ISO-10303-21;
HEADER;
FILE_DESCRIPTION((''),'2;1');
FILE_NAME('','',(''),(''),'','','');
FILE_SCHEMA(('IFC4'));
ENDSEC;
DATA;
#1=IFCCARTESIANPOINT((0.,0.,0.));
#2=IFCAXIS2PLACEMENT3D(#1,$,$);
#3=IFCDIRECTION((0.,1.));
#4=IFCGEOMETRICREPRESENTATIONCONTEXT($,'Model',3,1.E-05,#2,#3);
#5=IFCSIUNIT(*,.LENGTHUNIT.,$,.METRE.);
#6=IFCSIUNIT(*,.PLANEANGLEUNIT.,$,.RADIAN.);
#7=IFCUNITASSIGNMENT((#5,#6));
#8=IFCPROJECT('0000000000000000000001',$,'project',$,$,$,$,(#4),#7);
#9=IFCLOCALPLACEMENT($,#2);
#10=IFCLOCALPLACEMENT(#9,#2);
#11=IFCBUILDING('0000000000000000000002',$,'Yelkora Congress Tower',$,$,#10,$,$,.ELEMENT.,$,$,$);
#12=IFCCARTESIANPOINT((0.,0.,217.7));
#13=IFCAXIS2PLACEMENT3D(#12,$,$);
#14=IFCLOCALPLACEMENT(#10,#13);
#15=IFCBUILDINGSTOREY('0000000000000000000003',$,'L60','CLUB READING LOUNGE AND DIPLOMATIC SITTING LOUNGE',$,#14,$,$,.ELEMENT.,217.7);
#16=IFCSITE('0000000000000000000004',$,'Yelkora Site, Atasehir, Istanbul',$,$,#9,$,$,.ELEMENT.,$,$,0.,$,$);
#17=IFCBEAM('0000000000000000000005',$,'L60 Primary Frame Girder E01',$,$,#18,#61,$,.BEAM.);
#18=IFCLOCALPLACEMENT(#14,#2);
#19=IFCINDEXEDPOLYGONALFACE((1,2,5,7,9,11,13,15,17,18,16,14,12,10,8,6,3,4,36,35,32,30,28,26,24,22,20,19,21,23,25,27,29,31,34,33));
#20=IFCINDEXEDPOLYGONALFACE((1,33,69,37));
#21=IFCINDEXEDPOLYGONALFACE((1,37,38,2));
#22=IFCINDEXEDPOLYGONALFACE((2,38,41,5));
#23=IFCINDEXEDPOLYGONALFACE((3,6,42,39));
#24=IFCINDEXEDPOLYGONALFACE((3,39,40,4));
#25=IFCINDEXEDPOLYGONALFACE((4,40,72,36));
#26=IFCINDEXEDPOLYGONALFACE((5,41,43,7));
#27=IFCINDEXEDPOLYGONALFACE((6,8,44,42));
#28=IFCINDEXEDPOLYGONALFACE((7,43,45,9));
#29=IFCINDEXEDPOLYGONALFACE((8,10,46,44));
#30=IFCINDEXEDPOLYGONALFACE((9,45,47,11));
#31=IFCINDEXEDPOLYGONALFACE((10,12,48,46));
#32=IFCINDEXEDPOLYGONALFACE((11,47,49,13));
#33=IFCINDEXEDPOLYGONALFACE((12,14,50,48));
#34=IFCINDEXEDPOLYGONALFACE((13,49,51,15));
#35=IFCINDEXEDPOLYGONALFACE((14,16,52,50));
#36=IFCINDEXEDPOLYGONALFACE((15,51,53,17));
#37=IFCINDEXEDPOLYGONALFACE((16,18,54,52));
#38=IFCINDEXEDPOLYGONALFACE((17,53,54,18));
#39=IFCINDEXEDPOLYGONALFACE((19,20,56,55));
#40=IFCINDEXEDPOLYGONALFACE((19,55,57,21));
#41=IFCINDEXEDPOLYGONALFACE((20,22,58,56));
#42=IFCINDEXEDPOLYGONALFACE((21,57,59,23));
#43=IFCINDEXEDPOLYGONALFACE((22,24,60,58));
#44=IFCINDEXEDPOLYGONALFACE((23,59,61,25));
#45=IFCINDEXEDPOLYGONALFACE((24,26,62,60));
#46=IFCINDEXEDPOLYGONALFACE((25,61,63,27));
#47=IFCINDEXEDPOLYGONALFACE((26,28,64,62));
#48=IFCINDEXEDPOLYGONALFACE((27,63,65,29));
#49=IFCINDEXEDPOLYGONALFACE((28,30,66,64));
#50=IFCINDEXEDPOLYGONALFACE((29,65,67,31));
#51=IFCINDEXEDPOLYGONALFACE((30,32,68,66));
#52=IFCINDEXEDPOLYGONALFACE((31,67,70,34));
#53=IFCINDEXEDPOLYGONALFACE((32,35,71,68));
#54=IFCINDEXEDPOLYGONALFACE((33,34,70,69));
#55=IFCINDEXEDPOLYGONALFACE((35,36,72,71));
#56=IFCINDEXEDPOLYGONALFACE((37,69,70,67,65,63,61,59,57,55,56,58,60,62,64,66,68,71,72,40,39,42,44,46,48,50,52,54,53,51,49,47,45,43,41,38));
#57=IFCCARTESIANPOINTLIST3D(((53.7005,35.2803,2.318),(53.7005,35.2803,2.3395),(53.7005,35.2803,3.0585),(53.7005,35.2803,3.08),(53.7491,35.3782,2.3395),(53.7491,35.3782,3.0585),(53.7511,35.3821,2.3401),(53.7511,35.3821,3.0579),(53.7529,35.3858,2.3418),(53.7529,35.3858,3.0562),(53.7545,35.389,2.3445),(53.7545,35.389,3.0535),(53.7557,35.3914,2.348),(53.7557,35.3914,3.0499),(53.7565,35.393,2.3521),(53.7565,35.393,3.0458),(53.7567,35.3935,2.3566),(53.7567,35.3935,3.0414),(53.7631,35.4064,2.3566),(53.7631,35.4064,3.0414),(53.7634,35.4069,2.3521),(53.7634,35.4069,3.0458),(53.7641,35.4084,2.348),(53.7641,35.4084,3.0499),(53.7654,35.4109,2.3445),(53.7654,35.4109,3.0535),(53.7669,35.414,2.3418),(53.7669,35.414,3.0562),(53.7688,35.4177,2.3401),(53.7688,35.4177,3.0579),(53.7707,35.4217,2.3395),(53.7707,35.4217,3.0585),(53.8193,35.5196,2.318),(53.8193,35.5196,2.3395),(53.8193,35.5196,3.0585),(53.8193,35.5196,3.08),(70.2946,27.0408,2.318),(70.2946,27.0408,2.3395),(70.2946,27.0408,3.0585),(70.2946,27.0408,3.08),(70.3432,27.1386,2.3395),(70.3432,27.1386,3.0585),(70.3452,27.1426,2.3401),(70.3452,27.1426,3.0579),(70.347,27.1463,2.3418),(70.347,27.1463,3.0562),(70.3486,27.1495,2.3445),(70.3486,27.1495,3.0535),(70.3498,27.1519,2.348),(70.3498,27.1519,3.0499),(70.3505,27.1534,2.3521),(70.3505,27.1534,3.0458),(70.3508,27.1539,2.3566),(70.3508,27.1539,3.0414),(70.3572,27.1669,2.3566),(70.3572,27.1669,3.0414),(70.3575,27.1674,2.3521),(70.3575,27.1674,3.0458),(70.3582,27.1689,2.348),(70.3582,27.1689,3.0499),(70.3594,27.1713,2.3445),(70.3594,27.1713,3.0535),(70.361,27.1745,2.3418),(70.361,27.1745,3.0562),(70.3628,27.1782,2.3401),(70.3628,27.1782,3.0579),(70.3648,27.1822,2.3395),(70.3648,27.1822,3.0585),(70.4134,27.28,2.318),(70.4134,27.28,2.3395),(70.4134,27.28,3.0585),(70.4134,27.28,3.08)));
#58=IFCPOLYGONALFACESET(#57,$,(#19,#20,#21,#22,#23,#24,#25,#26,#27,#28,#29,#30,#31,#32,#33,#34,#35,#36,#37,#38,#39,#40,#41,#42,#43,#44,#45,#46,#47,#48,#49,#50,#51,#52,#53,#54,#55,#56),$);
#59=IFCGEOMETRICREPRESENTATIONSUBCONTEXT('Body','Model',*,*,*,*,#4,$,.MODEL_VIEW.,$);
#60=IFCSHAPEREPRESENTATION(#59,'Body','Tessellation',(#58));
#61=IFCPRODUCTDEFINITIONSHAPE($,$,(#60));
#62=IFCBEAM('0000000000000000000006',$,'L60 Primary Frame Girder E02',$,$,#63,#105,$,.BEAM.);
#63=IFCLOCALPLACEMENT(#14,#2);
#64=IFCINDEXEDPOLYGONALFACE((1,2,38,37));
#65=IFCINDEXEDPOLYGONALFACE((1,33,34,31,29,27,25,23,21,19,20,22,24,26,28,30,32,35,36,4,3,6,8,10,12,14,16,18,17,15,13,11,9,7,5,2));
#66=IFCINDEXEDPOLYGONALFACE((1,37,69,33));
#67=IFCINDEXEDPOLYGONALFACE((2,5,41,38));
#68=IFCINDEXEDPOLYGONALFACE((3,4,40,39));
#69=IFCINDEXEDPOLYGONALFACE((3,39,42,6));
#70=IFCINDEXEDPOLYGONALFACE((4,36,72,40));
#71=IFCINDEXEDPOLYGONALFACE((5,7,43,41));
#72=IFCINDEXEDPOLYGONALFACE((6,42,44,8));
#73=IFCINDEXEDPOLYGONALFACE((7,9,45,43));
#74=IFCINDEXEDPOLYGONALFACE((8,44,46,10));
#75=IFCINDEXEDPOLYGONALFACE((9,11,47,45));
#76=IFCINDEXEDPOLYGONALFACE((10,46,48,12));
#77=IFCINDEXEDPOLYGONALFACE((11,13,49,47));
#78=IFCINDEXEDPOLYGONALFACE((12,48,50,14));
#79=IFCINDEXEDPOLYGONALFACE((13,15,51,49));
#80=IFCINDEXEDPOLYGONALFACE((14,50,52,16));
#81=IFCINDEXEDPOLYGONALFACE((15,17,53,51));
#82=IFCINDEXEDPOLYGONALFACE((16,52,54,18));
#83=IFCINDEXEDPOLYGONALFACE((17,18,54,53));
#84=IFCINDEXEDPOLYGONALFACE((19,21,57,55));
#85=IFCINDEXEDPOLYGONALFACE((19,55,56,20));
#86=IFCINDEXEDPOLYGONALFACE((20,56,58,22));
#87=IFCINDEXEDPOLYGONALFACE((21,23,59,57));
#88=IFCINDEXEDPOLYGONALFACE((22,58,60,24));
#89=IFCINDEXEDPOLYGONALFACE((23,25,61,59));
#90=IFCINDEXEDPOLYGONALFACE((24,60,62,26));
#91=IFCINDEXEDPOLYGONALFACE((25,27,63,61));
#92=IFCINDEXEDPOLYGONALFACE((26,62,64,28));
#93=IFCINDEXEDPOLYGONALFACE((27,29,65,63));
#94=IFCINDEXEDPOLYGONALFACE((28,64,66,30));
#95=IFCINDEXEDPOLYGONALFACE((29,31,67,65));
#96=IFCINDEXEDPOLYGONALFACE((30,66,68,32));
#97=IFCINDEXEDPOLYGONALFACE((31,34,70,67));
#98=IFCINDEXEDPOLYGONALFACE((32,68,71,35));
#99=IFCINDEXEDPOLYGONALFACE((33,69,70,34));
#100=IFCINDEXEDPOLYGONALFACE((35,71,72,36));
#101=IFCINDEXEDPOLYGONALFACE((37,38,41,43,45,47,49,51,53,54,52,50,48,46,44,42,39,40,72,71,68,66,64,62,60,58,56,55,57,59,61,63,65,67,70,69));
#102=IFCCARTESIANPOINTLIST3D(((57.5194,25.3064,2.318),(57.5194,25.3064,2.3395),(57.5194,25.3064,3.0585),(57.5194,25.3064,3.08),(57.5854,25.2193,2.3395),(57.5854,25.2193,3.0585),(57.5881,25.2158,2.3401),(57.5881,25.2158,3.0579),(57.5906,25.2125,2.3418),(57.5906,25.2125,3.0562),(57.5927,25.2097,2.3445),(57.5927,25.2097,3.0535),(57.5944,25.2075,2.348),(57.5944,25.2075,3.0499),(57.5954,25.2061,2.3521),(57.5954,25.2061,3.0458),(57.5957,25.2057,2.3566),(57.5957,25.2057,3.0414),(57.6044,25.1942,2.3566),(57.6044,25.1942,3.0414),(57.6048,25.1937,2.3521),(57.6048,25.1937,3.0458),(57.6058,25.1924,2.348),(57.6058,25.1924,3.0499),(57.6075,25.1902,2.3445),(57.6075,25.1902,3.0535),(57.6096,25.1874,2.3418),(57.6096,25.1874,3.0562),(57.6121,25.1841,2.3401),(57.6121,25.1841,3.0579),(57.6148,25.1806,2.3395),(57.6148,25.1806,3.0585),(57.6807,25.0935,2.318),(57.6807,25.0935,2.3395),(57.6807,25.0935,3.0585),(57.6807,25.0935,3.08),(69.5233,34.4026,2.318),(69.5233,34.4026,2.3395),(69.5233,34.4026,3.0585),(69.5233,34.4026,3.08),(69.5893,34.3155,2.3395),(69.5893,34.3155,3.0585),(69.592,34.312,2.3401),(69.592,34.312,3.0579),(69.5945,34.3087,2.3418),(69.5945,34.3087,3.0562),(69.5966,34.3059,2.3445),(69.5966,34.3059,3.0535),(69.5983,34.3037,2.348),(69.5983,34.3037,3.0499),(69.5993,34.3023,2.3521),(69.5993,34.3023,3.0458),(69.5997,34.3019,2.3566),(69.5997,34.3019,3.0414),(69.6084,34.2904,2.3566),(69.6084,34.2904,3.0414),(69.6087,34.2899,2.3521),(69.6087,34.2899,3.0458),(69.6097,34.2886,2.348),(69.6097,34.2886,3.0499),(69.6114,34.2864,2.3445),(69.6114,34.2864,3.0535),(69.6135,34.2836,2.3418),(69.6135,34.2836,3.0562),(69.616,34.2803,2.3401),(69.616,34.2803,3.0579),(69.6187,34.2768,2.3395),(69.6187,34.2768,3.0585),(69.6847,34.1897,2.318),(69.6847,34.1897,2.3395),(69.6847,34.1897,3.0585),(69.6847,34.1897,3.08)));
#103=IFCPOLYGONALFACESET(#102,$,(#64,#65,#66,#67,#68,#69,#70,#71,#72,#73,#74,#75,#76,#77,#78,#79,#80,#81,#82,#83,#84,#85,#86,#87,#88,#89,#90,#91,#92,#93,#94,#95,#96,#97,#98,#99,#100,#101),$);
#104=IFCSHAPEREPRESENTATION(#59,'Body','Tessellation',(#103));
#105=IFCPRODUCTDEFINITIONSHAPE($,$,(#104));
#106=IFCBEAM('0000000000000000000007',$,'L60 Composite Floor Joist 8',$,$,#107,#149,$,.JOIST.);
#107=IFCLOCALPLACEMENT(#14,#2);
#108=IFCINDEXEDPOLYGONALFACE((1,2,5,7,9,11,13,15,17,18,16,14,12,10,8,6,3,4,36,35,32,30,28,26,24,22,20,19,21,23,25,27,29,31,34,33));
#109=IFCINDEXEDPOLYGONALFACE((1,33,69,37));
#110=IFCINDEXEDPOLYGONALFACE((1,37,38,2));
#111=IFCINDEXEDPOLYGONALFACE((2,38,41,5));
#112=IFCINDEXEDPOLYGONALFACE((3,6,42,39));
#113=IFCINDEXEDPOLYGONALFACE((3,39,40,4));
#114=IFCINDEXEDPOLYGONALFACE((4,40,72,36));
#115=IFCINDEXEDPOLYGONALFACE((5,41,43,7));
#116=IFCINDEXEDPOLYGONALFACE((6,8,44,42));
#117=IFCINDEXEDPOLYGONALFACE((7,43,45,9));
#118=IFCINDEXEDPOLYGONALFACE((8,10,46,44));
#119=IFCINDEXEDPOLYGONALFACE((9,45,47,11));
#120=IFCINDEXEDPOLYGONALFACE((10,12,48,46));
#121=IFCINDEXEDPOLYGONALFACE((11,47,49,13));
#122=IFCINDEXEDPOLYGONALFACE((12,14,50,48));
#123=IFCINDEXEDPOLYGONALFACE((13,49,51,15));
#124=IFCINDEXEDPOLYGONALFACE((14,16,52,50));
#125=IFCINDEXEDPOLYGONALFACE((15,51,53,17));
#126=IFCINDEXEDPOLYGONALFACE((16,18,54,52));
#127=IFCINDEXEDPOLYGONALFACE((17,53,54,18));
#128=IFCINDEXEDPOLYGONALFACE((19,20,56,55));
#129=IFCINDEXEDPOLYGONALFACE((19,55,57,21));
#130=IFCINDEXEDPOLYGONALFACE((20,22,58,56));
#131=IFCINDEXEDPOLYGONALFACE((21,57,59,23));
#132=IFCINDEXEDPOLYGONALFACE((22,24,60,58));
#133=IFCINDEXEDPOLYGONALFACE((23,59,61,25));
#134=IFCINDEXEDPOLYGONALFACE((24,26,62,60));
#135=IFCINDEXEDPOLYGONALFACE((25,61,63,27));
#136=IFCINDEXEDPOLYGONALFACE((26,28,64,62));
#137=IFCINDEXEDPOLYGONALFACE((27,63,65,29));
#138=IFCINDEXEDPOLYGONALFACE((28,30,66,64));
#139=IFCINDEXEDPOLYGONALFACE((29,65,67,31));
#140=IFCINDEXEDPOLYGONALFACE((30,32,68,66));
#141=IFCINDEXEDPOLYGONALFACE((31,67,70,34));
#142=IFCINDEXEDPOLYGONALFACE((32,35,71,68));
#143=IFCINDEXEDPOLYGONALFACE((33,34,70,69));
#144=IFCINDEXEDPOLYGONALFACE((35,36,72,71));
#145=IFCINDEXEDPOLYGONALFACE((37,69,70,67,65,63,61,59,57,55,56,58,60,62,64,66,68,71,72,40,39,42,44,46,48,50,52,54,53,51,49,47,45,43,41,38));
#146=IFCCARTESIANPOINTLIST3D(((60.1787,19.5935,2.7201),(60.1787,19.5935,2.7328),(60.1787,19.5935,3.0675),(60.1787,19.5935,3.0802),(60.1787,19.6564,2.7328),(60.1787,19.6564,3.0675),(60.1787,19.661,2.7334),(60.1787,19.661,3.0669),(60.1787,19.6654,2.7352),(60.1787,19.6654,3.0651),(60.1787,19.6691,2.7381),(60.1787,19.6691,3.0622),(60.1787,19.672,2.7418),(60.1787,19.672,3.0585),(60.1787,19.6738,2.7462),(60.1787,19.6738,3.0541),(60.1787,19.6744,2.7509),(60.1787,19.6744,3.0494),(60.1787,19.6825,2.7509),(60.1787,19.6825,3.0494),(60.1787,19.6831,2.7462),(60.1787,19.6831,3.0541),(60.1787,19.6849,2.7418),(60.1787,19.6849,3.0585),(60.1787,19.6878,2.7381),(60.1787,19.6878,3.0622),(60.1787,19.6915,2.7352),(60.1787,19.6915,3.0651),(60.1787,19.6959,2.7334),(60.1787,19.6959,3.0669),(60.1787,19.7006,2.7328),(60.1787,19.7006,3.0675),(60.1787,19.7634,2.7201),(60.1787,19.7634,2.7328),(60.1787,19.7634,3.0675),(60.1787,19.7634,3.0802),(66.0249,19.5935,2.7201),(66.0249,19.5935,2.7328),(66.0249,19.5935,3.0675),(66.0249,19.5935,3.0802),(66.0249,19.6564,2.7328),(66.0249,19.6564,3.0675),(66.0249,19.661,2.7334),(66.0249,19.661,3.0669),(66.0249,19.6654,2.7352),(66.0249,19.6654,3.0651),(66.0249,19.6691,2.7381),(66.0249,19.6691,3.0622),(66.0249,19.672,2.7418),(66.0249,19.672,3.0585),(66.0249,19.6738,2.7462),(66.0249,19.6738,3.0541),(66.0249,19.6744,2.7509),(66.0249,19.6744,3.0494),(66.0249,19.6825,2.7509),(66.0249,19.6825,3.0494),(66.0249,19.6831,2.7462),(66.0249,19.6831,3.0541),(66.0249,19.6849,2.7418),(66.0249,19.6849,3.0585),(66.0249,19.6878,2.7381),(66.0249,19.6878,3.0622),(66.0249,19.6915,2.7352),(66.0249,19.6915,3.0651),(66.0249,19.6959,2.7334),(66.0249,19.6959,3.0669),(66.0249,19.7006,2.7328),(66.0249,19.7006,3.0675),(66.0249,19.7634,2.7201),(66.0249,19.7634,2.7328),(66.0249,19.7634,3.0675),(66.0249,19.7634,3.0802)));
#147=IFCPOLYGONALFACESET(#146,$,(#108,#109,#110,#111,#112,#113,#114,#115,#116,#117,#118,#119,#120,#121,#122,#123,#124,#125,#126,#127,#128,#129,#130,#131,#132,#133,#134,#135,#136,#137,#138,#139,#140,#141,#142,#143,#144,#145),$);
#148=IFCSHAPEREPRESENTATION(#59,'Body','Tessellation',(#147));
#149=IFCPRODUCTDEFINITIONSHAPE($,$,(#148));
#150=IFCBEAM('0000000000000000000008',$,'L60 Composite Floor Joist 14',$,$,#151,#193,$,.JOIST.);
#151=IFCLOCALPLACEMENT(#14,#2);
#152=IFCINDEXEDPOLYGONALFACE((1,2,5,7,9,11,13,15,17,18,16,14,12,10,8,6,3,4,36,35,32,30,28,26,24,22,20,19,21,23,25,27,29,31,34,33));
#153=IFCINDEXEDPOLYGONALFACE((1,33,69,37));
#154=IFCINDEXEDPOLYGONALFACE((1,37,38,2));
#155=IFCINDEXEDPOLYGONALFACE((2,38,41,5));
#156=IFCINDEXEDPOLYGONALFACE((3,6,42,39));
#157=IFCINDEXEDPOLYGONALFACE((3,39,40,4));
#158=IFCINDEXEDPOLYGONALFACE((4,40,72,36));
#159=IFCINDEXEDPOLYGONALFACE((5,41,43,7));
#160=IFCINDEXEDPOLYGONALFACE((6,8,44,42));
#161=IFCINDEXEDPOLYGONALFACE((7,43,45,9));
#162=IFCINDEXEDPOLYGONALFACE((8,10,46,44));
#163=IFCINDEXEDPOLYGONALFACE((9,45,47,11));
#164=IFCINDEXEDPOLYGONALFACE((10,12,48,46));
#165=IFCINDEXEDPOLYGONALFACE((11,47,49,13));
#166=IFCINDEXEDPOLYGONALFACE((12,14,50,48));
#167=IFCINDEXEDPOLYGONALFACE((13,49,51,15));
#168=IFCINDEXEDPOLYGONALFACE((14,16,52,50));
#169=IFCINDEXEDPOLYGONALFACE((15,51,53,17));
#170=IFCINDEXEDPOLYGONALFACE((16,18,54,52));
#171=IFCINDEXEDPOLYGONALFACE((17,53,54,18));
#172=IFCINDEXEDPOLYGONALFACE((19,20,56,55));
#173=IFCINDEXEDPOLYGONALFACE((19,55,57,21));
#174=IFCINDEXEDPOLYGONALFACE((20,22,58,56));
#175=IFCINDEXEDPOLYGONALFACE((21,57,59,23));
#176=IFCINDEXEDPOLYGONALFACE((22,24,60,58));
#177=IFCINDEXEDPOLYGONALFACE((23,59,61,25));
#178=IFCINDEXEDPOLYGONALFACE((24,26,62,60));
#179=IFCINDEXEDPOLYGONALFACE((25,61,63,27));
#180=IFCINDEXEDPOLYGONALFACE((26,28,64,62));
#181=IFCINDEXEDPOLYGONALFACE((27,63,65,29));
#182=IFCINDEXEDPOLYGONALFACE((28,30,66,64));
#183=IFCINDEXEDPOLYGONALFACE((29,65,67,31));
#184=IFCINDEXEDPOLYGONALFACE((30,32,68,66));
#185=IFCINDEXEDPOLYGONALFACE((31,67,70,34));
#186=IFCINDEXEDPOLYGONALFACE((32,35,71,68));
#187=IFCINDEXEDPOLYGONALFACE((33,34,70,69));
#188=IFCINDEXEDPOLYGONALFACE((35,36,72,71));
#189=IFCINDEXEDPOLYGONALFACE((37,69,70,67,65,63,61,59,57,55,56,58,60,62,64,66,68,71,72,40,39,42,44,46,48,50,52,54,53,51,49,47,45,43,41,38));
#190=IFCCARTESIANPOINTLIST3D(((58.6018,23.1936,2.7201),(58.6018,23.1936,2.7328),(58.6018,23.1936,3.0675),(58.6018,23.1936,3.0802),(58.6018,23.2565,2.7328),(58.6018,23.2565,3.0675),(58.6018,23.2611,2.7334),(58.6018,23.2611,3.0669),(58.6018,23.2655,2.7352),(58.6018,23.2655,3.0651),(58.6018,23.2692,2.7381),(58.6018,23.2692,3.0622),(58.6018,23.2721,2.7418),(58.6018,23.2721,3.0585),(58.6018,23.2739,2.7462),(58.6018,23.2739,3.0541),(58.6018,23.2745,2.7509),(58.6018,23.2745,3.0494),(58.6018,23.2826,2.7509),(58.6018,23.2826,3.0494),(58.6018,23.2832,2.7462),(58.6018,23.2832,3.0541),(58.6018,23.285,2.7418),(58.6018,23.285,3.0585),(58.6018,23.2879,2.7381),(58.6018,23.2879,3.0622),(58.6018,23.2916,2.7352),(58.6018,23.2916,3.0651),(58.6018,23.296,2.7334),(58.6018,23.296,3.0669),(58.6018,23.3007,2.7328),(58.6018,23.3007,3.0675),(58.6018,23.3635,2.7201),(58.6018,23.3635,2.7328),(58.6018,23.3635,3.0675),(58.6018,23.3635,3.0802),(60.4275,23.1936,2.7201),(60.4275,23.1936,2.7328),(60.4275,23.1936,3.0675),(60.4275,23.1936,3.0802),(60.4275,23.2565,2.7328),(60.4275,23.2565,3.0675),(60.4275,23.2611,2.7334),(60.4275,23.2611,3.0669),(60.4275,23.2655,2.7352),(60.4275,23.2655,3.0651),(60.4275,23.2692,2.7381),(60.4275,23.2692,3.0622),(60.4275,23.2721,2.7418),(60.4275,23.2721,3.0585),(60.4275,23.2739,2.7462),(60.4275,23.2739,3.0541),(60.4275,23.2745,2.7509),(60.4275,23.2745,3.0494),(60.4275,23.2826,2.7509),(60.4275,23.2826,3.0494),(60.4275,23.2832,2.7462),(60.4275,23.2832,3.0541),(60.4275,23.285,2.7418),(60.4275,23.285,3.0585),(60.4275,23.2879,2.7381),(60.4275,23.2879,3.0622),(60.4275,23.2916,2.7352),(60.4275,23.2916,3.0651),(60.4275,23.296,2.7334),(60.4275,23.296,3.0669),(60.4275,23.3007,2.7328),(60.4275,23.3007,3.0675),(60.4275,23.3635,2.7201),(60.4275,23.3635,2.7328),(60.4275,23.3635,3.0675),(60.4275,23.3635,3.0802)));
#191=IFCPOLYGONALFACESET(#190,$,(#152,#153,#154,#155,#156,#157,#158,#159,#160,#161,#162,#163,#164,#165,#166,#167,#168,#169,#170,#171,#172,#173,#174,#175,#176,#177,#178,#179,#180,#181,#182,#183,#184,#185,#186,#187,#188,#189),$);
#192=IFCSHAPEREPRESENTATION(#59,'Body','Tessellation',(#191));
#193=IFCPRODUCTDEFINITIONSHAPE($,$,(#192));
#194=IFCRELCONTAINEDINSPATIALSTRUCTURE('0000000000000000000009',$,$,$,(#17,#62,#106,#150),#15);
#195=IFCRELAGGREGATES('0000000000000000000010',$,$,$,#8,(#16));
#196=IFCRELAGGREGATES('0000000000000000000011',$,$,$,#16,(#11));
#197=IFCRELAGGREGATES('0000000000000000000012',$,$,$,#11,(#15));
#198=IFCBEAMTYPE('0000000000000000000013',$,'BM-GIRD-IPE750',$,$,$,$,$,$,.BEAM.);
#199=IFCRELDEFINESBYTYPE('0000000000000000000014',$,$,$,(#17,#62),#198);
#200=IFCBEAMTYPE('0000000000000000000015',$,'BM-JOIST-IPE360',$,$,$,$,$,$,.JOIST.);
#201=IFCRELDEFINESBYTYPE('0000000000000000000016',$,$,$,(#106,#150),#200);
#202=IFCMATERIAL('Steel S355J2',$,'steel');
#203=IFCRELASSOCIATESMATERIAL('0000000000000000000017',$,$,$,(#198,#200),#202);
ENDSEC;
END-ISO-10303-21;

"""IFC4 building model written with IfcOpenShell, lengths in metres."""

from ifc_helpers import new_model, si_unit, direction, frame, origin, origin_2d, place, context, subcontext, project, spatial, i_section, extrude, material, material_profile, profile_set, type_object, element, save


model = new_model("IFC4")

# Units and contexts
model_context = context("Model", 3, precision=1e-05, world=origin(), true_north=direction((0.0, 1.0)))
body_context = subcontext(model_context, "Body", "Model", "MODEL_VIEW")
ifc_project = project(units=[si_unit("LENGTHUNIT", "METRE"), si_unit("PLANEANGLEUNIT", "RADIAN")], contexts=[model_context])

# Site, building, storey
site_placement = place(None, origin())
site = spatial("IfcSite", under=ifc_project, at=site_placement, Name="Yelkora Site, Atasehir, Istanbul", CompositionType="ELEMENT", RefElevation=0.0)
building_placement = place(site_placement, origin())
building = spatial("IfcBuilding", under=site, at=building_placement, Name="Yelkora Congress Tower", CompositionType="ELEMENT")
storey_placement = place(building_placement, frame((0.0, 0.0, 217.7)))
storey = spatial("IfcBuildingStorey", under=building, at=storey_placement, Name="L60", Description="CLUB READING LOUNGE AND DIPLOMATIC SITTING LOUNGE", CompositionType="ELEMENT", Elevation=217.7)

# Shared definitions
ifc_material_1 = material(Name="Steel S355J2", Category="steel")

# Beams
ifc_material_profile_1 = material_profile(ifc_material_1, i_section(OverallWidth=0.2671, OverallDepth=0.762, WebThickness=0.0144, FlangeThickness=0.0215, FilletRadius=0.0171, at=origin_2d()), Name="IPE 750x173")
ifc_profile_set_1 = profile_set([ifc_material_profile_1], Name="Steel S355J2")
beam_type_1 = type_object("IfcBeamType", Name="BM-GIRD-IPE750", PredefinedType="BEAM", material=ifc_profile_set_1)
beam_1_placement = place(storey_placement, frame((70.354, 27.1604, 2.699), z_axis=(-0.895665, 0.444729, 0.0), x_axis=(-0.444729, -0.895665, 0.0)))
element("IfcBeam", 1, at=beam_1_placement, inside=storey, type_object=beam_type_1, Name="L60 Primary Frame Girder E01", PredefinedType="BEAM", context=body_context, shape_type="SweptSolid", body=[
    extrude(i_section(OverallWidth=0.2671, OverallDepth=0.762, WebThickness=0.0144, FlangeThickness=0.0215, FilletRadius=0.0171, at=origin_2d()), origin(), (0.0, 0.0, 1.0), 18.5271),
])
beam_2_placement = place(storey_placement, frame((69.604, 34.2961, 2.699), z_axis=(-0.797018, -0.603956, 0.0), x_axis=(0.603956, -0.797018, 0.0)))
element("IfcBeam", 2, at=beam_2_placement, inside=storey, type_object=beam_type_1, Name="L60 Primary Frame Girder E02", PredefinedType="BEAM", context=body_context, shape_type="SweptSolid", body=[
    extrude(i_section(OverallWidth=0.2671, OverallDepth=0.762, WebThickness=0.0144, FlangeThickness=0.0215, FilletRadius=0.0171, at=origin_2d()), origin(), (0.0, 0.0, 1.0), 15.061),
])
ifc_material_profile_2 = material_profile(ifc_material_1, i_section(OverallWidth=0.1699, OverallDepth=0.3601, WebThickness=0.0081, FlangeThickness=0.0127, FilletRadius=0.0181, at=origin_2d()), Name="IPE 360")
ifc_profile_set_2 = profile_set([ifc_material_profile_2], Name="Steel S355J2")
beam_type_2 = type_object("IfcBeamType", Name="BM-JOIST-IPE360", PredefinedType="JOIST", material=ifc_profile_set_2)
beam_3_placement = place(storey_placement, frame((60.1787, 19.6785, 2.9001), z_axis=(1.0, 0.0, 0.0), x_axis=(0.0, 1.0, 0.0)))
element("IfcBeam", 3, at=beam_3_placement, inside=storey, type_object=beam_type_2, Name="L60 Composite Floor Joist 8", PredefinedType="JOIST", context=body_context, shape_type="SweptSolid", body=[
    extrude(i_section(OverallWidth=0.1699, OverallDepth=0.3601, WebThickness=0.0081, FlangeThickness=0.0127, FilletRadius=0.0181, at=origin_2d()), origin(), (0.0, 0.0, 1.0), 5.8462),
])
beam_4_placement = place(storey_placement, frame((58.6018, 23.2786, 2.9001), z_axis=(1.0, 0.0, 0.0), x_axis=(0.0, 1.0, 0.0)))
element("IfcBeam", 4, at=beam_4_placement, inside=storey, type_object=beam_type_2, Name="L60 Composite Floor Joist 14", PredefinedType="JOIST", context=body_context, shape_type="SweptSolid", body=[
    extrude(i_section(OverallWidth=0.1699, OverallDepth=0.3601, WebThickness=0.0081, FlangeThickness=0.0127, FilletRadius=0.0181, at=origin_2d()), origin(), (0.0, 0.0, 1.0), 1.8257),
])

save(model, "model.ifc")
